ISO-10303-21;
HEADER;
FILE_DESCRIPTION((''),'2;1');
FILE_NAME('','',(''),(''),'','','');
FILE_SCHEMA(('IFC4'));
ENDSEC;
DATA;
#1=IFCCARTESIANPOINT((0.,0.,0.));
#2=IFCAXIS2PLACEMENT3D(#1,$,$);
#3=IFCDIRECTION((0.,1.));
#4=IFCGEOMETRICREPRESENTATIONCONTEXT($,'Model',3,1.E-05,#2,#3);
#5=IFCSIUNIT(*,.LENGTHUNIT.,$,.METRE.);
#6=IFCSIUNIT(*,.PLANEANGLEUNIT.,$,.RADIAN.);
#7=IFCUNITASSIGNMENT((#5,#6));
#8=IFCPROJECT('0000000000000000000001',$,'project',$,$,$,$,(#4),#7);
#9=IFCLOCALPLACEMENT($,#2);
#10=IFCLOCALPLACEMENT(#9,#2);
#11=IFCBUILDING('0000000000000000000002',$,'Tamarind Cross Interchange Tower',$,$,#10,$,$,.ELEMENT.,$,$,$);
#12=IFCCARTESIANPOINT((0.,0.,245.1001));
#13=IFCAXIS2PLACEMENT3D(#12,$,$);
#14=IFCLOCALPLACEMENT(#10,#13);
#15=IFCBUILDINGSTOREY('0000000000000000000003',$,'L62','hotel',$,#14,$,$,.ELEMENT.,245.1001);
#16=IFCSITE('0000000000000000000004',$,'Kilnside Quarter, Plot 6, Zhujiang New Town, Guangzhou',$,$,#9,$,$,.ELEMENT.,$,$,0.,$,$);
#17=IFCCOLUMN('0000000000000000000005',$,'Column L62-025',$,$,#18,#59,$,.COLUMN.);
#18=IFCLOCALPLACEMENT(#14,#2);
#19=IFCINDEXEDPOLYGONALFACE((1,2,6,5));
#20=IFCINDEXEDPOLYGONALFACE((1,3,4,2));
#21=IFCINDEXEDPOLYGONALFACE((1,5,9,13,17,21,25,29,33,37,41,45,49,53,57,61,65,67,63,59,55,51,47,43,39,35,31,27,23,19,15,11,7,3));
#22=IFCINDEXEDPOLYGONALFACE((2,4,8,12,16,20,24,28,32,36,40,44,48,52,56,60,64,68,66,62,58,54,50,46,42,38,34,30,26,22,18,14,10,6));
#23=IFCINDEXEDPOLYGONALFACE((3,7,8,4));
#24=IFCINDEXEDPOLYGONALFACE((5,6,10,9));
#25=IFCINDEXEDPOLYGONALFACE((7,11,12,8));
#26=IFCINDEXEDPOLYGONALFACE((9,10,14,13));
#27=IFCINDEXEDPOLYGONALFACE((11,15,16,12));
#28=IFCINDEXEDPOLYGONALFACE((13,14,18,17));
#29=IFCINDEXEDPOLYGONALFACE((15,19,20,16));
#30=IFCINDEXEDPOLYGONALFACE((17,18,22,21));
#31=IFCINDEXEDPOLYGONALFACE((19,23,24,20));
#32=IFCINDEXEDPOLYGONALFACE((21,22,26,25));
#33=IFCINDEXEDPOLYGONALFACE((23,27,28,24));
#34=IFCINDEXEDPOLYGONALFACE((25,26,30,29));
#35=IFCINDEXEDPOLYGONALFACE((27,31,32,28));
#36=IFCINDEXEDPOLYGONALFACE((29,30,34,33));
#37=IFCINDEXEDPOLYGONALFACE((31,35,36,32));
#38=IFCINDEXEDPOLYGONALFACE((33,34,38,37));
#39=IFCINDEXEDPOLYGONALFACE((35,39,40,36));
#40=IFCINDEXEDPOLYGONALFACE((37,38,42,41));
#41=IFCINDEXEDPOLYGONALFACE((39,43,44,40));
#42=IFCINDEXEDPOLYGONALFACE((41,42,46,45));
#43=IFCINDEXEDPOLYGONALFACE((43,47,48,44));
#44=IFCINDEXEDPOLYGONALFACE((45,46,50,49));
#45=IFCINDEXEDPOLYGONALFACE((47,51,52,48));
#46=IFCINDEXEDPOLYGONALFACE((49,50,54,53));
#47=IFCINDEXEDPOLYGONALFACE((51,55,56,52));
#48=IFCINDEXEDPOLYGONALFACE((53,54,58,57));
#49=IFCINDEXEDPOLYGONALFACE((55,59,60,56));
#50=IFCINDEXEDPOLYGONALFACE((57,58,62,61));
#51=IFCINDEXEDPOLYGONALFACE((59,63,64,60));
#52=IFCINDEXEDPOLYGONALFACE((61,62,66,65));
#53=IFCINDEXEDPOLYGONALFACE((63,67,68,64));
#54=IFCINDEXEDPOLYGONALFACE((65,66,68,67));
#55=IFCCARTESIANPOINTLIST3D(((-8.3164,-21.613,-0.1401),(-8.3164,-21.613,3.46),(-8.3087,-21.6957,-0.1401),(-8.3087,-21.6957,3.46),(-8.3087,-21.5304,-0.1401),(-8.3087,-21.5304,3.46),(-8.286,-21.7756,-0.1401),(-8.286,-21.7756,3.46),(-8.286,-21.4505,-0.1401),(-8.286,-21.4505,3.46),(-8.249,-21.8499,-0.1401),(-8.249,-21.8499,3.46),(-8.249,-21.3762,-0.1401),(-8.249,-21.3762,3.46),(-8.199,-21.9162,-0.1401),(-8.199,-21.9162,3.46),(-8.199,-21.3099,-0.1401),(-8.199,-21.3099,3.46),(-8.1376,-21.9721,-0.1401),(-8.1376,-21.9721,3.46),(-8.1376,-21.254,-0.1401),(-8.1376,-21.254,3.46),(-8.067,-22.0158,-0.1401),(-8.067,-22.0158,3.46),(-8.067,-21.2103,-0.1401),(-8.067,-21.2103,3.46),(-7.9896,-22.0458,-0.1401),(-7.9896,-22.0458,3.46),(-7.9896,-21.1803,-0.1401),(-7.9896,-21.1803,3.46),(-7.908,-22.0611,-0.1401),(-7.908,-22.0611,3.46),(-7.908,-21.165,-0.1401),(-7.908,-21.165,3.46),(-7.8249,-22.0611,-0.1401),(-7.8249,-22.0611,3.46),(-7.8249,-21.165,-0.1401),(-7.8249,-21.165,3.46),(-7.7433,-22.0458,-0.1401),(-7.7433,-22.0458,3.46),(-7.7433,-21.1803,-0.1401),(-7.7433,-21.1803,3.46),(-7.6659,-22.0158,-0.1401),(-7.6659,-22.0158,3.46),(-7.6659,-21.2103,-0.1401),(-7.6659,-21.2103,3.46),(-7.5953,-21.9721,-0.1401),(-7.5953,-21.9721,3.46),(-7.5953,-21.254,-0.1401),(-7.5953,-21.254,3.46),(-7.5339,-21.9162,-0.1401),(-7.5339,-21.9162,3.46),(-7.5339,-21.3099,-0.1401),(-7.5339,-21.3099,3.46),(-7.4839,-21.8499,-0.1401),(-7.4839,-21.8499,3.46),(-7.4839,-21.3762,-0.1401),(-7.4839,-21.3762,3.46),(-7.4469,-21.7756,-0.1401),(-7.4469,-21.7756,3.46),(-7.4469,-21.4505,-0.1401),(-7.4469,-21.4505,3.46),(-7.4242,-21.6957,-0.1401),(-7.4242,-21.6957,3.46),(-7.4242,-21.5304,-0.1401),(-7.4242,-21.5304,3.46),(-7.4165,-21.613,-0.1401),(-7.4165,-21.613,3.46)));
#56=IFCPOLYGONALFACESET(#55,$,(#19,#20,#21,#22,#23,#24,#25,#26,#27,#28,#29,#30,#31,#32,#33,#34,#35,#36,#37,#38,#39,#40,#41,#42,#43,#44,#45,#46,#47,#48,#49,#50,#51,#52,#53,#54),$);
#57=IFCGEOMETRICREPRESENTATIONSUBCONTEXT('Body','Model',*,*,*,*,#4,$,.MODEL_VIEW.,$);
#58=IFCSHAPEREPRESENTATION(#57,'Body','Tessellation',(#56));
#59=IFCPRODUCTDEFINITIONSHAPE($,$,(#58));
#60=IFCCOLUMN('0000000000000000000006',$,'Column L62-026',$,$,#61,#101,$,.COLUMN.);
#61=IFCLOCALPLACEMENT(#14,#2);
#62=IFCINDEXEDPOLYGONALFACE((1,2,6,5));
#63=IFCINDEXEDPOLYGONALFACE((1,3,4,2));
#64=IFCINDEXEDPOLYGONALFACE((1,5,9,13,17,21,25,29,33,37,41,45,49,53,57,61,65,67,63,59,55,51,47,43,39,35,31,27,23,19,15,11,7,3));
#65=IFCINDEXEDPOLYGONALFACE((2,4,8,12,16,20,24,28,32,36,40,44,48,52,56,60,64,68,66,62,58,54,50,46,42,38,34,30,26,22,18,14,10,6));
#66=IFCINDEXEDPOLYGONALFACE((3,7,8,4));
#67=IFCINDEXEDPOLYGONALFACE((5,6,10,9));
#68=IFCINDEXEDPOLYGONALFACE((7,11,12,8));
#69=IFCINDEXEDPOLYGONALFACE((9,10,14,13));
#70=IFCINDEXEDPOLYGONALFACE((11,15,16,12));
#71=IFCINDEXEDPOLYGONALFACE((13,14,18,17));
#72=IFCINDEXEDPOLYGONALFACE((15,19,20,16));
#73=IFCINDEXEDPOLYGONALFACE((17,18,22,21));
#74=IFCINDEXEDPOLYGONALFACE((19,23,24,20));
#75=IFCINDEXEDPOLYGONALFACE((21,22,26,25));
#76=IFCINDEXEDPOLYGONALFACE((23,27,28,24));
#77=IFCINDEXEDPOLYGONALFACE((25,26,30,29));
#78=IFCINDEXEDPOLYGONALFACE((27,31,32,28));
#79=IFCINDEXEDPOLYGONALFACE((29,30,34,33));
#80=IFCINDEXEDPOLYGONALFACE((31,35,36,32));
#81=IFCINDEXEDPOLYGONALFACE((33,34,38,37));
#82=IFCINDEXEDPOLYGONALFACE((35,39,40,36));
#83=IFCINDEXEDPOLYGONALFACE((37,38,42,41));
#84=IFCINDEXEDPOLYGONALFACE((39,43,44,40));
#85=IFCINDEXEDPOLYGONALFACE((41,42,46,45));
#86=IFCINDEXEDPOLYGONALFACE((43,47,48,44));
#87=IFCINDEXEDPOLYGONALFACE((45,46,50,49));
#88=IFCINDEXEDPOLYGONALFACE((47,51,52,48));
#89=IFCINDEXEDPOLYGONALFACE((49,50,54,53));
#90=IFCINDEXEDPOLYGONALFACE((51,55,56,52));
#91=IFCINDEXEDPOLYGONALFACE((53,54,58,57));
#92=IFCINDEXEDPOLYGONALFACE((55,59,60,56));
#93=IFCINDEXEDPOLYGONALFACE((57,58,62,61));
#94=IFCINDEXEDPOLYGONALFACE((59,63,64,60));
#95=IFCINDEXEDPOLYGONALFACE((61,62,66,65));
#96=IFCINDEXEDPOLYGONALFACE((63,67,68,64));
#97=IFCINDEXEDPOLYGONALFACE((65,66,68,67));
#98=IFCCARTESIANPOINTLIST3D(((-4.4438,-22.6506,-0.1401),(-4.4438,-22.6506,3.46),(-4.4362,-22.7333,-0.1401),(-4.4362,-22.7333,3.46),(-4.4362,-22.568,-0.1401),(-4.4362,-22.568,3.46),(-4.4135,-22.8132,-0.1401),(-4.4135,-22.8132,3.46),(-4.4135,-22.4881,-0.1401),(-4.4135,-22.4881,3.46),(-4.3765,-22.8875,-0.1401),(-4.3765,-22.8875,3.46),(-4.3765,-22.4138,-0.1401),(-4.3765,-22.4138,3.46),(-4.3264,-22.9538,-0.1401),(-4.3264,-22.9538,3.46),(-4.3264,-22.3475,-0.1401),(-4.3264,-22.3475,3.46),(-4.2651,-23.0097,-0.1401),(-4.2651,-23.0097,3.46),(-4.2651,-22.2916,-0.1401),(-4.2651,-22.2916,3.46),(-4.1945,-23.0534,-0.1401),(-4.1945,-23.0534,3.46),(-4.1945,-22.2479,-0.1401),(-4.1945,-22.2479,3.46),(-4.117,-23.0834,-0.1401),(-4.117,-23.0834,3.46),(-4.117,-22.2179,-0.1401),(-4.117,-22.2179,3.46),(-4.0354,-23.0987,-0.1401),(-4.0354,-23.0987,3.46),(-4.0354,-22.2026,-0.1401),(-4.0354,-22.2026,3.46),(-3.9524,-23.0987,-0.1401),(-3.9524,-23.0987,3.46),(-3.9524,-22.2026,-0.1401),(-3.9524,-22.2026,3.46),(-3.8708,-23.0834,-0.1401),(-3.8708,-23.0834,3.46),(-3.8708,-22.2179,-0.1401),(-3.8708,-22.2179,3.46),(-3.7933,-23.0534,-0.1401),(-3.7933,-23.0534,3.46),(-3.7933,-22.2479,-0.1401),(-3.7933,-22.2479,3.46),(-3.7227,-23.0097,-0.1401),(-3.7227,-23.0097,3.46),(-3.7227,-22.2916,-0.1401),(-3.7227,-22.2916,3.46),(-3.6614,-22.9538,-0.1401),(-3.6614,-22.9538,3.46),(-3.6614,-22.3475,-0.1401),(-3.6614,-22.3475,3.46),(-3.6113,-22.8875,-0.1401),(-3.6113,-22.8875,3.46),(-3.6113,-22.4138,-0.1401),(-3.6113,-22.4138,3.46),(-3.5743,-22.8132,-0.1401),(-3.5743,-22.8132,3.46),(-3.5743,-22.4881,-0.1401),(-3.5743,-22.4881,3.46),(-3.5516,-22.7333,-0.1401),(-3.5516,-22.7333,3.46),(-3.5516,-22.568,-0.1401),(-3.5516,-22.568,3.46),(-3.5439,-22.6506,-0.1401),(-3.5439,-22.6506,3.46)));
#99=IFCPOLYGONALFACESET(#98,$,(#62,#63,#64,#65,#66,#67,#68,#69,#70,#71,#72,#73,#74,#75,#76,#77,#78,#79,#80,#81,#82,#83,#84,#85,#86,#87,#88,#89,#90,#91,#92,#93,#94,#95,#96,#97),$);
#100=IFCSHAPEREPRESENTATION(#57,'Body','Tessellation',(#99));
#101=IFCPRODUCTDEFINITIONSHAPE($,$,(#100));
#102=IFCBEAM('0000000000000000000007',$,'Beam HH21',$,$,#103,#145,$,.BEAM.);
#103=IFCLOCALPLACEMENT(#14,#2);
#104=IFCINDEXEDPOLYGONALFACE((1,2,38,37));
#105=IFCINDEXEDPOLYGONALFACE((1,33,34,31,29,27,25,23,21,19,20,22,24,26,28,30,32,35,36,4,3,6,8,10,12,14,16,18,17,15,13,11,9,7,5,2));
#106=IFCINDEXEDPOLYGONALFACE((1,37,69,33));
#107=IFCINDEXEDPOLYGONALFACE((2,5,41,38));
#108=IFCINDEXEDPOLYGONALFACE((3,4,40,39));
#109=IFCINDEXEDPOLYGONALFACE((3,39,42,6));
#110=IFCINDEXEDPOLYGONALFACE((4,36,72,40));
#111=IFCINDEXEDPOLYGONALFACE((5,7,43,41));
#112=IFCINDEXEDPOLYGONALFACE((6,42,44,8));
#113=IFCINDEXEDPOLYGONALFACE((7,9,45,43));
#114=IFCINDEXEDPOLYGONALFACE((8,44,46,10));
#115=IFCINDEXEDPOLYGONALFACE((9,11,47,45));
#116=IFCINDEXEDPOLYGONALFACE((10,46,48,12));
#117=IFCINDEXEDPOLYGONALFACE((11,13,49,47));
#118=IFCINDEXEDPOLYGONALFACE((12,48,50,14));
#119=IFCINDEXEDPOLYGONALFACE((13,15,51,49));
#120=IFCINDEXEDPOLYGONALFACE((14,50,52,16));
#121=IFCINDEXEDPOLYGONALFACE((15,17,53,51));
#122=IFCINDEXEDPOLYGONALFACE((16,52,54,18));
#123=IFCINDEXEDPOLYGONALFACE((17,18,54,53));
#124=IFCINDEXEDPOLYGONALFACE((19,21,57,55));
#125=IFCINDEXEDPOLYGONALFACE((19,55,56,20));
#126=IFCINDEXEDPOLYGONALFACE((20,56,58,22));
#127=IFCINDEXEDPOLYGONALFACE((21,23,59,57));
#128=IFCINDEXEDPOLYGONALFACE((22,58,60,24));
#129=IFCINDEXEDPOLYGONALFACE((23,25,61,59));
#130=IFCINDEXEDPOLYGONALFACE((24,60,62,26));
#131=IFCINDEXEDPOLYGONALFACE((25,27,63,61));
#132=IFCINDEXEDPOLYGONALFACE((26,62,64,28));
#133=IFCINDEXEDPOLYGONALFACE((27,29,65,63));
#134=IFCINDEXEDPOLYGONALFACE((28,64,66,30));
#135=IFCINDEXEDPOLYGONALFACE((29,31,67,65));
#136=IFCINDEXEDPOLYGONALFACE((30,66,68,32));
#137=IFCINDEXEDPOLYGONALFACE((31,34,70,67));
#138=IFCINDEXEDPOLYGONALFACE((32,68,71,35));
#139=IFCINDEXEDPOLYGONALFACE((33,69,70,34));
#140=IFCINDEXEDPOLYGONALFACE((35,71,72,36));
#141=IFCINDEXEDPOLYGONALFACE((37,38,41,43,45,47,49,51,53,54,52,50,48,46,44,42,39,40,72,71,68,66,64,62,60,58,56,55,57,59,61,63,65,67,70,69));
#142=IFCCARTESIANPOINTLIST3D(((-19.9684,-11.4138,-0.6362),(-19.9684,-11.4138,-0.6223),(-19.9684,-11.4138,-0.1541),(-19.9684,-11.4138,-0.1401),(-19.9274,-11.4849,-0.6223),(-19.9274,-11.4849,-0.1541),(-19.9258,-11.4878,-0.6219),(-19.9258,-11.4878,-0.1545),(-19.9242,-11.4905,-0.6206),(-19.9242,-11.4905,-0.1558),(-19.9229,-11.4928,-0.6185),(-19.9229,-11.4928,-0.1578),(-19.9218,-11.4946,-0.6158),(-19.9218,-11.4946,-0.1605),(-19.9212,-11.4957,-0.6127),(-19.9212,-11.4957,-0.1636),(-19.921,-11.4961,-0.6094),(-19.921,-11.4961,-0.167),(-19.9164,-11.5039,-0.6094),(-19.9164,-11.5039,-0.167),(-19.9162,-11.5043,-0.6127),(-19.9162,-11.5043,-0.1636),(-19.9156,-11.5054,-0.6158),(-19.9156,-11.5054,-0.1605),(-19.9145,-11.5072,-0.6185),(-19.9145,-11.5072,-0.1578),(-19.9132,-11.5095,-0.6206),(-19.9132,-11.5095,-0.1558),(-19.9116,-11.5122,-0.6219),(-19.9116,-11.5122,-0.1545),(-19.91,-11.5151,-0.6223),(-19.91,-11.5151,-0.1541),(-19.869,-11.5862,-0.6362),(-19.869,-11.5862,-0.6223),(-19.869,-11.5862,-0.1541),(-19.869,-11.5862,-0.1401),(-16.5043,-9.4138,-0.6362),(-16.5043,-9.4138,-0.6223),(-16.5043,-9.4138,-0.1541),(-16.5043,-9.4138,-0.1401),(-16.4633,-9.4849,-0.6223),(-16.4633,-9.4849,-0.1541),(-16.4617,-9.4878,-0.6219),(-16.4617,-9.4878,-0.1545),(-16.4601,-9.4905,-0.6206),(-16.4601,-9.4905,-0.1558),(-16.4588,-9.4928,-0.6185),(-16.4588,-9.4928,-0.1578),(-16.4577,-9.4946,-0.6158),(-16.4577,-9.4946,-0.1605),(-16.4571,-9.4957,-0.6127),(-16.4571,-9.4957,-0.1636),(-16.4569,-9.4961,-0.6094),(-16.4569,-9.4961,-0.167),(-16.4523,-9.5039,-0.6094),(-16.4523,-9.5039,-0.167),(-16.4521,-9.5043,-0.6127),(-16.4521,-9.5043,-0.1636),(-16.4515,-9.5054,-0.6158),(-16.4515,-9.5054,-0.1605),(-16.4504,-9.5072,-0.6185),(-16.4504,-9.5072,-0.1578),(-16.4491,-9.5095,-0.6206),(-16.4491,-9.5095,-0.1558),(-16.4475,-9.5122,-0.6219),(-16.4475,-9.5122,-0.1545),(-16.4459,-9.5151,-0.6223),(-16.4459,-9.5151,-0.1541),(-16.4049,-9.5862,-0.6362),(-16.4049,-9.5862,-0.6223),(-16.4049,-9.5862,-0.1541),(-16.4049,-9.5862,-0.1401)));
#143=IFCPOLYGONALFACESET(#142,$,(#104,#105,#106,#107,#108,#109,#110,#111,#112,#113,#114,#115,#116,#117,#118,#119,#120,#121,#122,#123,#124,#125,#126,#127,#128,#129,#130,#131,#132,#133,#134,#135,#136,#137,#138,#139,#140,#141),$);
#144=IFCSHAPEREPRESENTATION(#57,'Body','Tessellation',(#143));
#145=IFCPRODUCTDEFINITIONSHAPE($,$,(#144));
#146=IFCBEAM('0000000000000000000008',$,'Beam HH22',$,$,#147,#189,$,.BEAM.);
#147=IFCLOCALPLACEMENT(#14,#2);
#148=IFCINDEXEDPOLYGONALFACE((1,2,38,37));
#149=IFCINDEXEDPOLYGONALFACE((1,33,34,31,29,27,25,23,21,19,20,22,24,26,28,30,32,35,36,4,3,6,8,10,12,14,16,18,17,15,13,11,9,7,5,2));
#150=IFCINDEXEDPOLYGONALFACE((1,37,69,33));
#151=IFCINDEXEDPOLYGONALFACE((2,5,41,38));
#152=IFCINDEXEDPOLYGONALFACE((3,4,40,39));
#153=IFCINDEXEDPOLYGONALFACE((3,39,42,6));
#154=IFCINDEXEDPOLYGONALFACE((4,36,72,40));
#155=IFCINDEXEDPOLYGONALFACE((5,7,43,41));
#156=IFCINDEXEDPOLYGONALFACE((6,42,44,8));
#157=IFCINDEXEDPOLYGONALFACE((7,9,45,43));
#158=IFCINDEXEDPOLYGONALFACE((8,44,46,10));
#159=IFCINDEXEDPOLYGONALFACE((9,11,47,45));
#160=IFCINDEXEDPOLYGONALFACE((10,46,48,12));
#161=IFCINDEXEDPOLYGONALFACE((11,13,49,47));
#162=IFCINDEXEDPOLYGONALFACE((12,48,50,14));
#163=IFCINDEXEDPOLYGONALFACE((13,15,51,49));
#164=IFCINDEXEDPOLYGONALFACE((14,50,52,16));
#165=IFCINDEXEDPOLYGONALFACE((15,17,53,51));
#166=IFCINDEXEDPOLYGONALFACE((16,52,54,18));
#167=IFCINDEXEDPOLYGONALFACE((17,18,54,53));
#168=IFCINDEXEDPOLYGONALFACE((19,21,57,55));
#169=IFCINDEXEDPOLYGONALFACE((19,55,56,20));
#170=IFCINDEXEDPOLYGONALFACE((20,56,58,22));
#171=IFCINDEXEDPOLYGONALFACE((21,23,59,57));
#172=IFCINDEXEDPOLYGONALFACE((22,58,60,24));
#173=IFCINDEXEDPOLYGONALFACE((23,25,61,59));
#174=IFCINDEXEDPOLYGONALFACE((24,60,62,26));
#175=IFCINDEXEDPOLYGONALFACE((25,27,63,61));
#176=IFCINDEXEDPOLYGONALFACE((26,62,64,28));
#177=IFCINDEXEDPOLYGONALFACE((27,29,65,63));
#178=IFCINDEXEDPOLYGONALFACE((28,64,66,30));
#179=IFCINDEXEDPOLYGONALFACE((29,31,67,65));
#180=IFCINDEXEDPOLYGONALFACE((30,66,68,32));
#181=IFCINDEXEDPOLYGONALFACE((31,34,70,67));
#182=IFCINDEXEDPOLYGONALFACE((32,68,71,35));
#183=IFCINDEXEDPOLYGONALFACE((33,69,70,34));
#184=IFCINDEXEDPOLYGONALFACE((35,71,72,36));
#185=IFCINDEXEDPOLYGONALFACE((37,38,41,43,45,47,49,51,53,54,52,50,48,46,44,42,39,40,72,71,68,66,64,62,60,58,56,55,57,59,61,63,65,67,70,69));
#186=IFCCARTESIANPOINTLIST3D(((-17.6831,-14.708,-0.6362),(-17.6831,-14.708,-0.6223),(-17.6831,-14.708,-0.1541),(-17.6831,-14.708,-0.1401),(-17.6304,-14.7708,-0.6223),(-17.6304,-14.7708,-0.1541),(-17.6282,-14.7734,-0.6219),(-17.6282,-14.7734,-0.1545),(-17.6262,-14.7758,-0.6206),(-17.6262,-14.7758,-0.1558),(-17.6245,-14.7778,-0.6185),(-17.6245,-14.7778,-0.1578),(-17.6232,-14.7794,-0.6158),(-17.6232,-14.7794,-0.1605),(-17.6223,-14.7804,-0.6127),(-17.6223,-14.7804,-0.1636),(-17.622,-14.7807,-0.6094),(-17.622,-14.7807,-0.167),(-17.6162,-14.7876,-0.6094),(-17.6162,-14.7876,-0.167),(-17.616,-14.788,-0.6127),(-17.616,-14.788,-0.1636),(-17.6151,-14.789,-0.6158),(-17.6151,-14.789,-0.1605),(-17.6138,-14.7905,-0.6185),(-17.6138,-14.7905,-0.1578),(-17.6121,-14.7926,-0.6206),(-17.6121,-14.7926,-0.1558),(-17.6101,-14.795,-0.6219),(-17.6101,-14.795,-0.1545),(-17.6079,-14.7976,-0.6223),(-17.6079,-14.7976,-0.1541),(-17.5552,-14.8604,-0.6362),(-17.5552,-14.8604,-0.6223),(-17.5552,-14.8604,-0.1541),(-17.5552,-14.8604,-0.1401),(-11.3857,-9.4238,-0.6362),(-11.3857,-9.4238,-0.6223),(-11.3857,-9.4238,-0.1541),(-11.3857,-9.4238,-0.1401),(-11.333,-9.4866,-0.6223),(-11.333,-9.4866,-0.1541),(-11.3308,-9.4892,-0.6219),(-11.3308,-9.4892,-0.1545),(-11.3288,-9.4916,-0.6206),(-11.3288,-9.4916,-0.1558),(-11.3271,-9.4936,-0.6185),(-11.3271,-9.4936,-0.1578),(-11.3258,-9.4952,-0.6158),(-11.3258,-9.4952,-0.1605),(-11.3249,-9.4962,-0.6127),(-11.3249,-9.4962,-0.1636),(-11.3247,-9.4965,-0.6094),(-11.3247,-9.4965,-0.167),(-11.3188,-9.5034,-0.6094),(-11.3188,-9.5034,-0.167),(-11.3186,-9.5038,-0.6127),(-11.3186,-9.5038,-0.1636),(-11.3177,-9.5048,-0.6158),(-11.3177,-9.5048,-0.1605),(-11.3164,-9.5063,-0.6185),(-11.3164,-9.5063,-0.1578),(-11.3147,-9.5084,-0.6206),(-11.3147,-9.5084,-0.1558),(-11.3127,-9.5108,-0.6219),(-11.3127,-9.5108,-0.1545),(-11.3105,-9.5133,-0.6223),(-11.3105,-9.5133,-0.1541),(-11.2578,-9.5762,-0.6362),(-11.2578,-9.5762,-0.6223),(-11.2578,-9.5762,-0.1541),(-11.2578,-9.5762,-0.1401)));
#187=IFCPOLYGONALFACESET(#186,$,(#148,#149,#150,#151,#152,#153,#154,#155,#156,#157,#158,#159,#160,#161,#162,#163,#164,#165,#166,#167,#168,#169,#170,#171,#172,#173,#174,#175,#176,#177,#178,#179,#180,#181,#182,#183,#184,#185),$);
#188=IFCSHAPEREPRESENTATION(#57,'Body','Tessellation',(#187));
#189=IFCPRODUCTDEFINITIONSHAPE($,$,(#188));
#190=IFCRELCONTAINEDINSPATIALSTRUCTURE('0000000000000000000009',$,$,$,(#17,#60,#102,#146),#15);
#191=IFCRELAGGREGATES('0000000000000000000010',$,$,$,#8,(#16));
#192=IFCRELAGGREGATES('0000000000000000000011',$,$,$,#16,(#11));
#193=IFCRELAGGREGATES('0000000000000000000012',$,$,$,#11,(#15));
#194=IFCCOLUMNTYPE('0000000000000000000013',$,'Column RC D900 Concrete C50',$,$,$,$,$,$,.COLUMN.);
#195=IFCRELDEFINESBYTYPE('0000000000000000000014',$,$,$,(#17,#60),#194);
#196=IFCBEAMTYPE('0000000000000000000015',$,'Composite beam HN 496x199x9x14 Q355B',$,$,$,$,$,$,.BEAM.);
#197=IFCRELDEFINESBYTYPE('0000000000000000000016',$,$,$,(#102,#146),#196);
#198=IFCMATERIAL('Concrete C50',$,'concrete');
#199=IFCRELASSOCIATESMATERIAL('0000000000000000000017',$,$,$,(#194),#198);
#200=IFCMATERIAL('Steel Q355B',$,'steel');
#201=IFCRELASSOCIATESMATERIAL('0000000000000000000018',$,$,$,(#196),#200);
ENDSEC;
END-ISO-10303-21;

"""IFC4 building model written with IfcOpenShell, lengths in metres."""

from ifc_helpers import new_model, si_unit, direction, frame, origin, origin_2d, place, context, subcontext, project, spatial, circle, i_section, extrude, material, material_profile, profile_set, type_object, element, save


model = new_model("IFC4")

# Units and contexts
model_context = context("Model", 3, precision=1e-05, world=origin(), true_north=direction((0.0, 1.0)))
body_context = subcontext(model_context, "Body", "Model", "MODEL_VIEW")
ifc_project = project(units=[si_unit("LENGTHUNIT", "METRE"), si_unit("PLANEANGLEUNIT", "RADIAN")], contexts=[model_context])

# Site, building, storey
site_placement = place(None, origin())
site = spatial("IfcSite", under=ifc_project, at=site_placement, Name="Kilnside Quarter, Plot 6, Zhujiang New Town, Guangzhou", CompositionType="ELEMENT", RefElevation=0.0)
building_placement = place(site_placement, origin())
building = spatial("IfcBuilding", under=site, at=building_placement, Name="Tamarind Cross Interchange Tower", CompositionType="ELEMENT")
storey_placement = place(building_placement, frame((0.0, 0.0, 245.1001)))
storey = spatial("IfcBuildingStorey", under=building, at=storey_placement, Name="L62", Description="hotel", CompositionType="ELEMENT", Elevation=245.1001)

# Columns
ifc_material_1 = material(Name="Concrete C50", Category="concrete")
ifc_material_profile_1 = material_profile(ifc_material_1, circle(Radius=0.45, at=origin_2d()), Name="RC D900")
ifc_profile_set_1 = profile_set([ifc_material_profile_1], Name="Concrete C50")
column_type = type_object("IfcColumnType", Name="Column RC D900 Concrete C50", PredefinedType="COLUMN", material=ifc_profile_set_1)
for number, where, z_axis, x_axis, name in (
    (1, (-7.8665, -21.613, -0.1401), (0.0, 0.0, 1.0), (1.0, 0.0, 0.0), "Column L62-025"),
    (2, (-3.9939, -22.6506, -0.1401), (0.0, 0.0, 1.0), (1.0, 0.0, 0.0), "Column L62-026"),
):
    element("IfcColumn", number, at=place(storey_placement, frame(where, z_axis=z_axis, x_axis=x_axis)), inside=storey, type_object=column_type, Name=name, PredefinedType="COLUMN", context=body_context, shape_type="SweptSolid", body=[
        extrude(circle(Radius=0.45, at=origin_2d()), origin(), (0.0, 0.0, 1.0), 3.6001),
    ])

# Beams
ifc_material_2 = material(Name="Steel Q355B", Category="steel")
ifc_material_profile_2 = material_profile(ifc_material_2, i_section(OverallWidth=0.199, OverallDepth=0.4961, WebThickness=0.009, FlangeThickness=0.0139, FilletRadius=0.0129, at=origin_2d()), Name="HN 496x199x9x14")
ifc_profile_set_2 = profile_set([ifc_material_profile_2], Name="Steel Q355B")
beam_type = type_object("IfcBeamType", Name="Composite beam HN 496x199x9x14 Q355B", PredefinedType="BEAM", material=ifc_profile_set_2)
beam_1_placement = place(storey_placement, frame((-19.9187, -11.5, -0.3882), z_axis=(0.866026, 0.499999, 0.0), x_axis=(-0.499999, 0.866026, 0.0)))
element("IfcBeam", 3, at=beam_1_placement, inside=storey, type_object=beam_type, Name="Beam HH21", PredefinedType="BEAM", context=body_context, shape_type="SweptSolid", body=[
    extrude(i_section(OverallWidth=0.199, OverallDepth=0.4961, WebThickness=0.009, FlangeThickness=0.0139, FilletRadius=0.0129, at=origin_2d()), origin(), (0.0, 0.0, 1.0), 4.0),
])
beam_2_placement = place(storey_placement, frame((-17.6191, -14.7842, -0.3882), z_axis=(0.766041, 0.642792, 0.0), x_axis=(-0.642792, 0.766041, 0.0)))
element("IfcBeam", 4, at=beam_2_placement, inside=storey, type_object=beam_type, Name="Beam HH22", PredefinedType="BEAM", context=body_context, shape_type="SweptSolid", body=[
    extrude(i_section(OverallWidth=0.199, OverallDepth=0.4961, WebThickness=0.009, FlangeThickness=0.0139, FilletRadius=0.0129, at=origin_2d()), origin(), (0.0, 0.0, 1.0), 8.2207),
])

save(model, "model.ifc")
